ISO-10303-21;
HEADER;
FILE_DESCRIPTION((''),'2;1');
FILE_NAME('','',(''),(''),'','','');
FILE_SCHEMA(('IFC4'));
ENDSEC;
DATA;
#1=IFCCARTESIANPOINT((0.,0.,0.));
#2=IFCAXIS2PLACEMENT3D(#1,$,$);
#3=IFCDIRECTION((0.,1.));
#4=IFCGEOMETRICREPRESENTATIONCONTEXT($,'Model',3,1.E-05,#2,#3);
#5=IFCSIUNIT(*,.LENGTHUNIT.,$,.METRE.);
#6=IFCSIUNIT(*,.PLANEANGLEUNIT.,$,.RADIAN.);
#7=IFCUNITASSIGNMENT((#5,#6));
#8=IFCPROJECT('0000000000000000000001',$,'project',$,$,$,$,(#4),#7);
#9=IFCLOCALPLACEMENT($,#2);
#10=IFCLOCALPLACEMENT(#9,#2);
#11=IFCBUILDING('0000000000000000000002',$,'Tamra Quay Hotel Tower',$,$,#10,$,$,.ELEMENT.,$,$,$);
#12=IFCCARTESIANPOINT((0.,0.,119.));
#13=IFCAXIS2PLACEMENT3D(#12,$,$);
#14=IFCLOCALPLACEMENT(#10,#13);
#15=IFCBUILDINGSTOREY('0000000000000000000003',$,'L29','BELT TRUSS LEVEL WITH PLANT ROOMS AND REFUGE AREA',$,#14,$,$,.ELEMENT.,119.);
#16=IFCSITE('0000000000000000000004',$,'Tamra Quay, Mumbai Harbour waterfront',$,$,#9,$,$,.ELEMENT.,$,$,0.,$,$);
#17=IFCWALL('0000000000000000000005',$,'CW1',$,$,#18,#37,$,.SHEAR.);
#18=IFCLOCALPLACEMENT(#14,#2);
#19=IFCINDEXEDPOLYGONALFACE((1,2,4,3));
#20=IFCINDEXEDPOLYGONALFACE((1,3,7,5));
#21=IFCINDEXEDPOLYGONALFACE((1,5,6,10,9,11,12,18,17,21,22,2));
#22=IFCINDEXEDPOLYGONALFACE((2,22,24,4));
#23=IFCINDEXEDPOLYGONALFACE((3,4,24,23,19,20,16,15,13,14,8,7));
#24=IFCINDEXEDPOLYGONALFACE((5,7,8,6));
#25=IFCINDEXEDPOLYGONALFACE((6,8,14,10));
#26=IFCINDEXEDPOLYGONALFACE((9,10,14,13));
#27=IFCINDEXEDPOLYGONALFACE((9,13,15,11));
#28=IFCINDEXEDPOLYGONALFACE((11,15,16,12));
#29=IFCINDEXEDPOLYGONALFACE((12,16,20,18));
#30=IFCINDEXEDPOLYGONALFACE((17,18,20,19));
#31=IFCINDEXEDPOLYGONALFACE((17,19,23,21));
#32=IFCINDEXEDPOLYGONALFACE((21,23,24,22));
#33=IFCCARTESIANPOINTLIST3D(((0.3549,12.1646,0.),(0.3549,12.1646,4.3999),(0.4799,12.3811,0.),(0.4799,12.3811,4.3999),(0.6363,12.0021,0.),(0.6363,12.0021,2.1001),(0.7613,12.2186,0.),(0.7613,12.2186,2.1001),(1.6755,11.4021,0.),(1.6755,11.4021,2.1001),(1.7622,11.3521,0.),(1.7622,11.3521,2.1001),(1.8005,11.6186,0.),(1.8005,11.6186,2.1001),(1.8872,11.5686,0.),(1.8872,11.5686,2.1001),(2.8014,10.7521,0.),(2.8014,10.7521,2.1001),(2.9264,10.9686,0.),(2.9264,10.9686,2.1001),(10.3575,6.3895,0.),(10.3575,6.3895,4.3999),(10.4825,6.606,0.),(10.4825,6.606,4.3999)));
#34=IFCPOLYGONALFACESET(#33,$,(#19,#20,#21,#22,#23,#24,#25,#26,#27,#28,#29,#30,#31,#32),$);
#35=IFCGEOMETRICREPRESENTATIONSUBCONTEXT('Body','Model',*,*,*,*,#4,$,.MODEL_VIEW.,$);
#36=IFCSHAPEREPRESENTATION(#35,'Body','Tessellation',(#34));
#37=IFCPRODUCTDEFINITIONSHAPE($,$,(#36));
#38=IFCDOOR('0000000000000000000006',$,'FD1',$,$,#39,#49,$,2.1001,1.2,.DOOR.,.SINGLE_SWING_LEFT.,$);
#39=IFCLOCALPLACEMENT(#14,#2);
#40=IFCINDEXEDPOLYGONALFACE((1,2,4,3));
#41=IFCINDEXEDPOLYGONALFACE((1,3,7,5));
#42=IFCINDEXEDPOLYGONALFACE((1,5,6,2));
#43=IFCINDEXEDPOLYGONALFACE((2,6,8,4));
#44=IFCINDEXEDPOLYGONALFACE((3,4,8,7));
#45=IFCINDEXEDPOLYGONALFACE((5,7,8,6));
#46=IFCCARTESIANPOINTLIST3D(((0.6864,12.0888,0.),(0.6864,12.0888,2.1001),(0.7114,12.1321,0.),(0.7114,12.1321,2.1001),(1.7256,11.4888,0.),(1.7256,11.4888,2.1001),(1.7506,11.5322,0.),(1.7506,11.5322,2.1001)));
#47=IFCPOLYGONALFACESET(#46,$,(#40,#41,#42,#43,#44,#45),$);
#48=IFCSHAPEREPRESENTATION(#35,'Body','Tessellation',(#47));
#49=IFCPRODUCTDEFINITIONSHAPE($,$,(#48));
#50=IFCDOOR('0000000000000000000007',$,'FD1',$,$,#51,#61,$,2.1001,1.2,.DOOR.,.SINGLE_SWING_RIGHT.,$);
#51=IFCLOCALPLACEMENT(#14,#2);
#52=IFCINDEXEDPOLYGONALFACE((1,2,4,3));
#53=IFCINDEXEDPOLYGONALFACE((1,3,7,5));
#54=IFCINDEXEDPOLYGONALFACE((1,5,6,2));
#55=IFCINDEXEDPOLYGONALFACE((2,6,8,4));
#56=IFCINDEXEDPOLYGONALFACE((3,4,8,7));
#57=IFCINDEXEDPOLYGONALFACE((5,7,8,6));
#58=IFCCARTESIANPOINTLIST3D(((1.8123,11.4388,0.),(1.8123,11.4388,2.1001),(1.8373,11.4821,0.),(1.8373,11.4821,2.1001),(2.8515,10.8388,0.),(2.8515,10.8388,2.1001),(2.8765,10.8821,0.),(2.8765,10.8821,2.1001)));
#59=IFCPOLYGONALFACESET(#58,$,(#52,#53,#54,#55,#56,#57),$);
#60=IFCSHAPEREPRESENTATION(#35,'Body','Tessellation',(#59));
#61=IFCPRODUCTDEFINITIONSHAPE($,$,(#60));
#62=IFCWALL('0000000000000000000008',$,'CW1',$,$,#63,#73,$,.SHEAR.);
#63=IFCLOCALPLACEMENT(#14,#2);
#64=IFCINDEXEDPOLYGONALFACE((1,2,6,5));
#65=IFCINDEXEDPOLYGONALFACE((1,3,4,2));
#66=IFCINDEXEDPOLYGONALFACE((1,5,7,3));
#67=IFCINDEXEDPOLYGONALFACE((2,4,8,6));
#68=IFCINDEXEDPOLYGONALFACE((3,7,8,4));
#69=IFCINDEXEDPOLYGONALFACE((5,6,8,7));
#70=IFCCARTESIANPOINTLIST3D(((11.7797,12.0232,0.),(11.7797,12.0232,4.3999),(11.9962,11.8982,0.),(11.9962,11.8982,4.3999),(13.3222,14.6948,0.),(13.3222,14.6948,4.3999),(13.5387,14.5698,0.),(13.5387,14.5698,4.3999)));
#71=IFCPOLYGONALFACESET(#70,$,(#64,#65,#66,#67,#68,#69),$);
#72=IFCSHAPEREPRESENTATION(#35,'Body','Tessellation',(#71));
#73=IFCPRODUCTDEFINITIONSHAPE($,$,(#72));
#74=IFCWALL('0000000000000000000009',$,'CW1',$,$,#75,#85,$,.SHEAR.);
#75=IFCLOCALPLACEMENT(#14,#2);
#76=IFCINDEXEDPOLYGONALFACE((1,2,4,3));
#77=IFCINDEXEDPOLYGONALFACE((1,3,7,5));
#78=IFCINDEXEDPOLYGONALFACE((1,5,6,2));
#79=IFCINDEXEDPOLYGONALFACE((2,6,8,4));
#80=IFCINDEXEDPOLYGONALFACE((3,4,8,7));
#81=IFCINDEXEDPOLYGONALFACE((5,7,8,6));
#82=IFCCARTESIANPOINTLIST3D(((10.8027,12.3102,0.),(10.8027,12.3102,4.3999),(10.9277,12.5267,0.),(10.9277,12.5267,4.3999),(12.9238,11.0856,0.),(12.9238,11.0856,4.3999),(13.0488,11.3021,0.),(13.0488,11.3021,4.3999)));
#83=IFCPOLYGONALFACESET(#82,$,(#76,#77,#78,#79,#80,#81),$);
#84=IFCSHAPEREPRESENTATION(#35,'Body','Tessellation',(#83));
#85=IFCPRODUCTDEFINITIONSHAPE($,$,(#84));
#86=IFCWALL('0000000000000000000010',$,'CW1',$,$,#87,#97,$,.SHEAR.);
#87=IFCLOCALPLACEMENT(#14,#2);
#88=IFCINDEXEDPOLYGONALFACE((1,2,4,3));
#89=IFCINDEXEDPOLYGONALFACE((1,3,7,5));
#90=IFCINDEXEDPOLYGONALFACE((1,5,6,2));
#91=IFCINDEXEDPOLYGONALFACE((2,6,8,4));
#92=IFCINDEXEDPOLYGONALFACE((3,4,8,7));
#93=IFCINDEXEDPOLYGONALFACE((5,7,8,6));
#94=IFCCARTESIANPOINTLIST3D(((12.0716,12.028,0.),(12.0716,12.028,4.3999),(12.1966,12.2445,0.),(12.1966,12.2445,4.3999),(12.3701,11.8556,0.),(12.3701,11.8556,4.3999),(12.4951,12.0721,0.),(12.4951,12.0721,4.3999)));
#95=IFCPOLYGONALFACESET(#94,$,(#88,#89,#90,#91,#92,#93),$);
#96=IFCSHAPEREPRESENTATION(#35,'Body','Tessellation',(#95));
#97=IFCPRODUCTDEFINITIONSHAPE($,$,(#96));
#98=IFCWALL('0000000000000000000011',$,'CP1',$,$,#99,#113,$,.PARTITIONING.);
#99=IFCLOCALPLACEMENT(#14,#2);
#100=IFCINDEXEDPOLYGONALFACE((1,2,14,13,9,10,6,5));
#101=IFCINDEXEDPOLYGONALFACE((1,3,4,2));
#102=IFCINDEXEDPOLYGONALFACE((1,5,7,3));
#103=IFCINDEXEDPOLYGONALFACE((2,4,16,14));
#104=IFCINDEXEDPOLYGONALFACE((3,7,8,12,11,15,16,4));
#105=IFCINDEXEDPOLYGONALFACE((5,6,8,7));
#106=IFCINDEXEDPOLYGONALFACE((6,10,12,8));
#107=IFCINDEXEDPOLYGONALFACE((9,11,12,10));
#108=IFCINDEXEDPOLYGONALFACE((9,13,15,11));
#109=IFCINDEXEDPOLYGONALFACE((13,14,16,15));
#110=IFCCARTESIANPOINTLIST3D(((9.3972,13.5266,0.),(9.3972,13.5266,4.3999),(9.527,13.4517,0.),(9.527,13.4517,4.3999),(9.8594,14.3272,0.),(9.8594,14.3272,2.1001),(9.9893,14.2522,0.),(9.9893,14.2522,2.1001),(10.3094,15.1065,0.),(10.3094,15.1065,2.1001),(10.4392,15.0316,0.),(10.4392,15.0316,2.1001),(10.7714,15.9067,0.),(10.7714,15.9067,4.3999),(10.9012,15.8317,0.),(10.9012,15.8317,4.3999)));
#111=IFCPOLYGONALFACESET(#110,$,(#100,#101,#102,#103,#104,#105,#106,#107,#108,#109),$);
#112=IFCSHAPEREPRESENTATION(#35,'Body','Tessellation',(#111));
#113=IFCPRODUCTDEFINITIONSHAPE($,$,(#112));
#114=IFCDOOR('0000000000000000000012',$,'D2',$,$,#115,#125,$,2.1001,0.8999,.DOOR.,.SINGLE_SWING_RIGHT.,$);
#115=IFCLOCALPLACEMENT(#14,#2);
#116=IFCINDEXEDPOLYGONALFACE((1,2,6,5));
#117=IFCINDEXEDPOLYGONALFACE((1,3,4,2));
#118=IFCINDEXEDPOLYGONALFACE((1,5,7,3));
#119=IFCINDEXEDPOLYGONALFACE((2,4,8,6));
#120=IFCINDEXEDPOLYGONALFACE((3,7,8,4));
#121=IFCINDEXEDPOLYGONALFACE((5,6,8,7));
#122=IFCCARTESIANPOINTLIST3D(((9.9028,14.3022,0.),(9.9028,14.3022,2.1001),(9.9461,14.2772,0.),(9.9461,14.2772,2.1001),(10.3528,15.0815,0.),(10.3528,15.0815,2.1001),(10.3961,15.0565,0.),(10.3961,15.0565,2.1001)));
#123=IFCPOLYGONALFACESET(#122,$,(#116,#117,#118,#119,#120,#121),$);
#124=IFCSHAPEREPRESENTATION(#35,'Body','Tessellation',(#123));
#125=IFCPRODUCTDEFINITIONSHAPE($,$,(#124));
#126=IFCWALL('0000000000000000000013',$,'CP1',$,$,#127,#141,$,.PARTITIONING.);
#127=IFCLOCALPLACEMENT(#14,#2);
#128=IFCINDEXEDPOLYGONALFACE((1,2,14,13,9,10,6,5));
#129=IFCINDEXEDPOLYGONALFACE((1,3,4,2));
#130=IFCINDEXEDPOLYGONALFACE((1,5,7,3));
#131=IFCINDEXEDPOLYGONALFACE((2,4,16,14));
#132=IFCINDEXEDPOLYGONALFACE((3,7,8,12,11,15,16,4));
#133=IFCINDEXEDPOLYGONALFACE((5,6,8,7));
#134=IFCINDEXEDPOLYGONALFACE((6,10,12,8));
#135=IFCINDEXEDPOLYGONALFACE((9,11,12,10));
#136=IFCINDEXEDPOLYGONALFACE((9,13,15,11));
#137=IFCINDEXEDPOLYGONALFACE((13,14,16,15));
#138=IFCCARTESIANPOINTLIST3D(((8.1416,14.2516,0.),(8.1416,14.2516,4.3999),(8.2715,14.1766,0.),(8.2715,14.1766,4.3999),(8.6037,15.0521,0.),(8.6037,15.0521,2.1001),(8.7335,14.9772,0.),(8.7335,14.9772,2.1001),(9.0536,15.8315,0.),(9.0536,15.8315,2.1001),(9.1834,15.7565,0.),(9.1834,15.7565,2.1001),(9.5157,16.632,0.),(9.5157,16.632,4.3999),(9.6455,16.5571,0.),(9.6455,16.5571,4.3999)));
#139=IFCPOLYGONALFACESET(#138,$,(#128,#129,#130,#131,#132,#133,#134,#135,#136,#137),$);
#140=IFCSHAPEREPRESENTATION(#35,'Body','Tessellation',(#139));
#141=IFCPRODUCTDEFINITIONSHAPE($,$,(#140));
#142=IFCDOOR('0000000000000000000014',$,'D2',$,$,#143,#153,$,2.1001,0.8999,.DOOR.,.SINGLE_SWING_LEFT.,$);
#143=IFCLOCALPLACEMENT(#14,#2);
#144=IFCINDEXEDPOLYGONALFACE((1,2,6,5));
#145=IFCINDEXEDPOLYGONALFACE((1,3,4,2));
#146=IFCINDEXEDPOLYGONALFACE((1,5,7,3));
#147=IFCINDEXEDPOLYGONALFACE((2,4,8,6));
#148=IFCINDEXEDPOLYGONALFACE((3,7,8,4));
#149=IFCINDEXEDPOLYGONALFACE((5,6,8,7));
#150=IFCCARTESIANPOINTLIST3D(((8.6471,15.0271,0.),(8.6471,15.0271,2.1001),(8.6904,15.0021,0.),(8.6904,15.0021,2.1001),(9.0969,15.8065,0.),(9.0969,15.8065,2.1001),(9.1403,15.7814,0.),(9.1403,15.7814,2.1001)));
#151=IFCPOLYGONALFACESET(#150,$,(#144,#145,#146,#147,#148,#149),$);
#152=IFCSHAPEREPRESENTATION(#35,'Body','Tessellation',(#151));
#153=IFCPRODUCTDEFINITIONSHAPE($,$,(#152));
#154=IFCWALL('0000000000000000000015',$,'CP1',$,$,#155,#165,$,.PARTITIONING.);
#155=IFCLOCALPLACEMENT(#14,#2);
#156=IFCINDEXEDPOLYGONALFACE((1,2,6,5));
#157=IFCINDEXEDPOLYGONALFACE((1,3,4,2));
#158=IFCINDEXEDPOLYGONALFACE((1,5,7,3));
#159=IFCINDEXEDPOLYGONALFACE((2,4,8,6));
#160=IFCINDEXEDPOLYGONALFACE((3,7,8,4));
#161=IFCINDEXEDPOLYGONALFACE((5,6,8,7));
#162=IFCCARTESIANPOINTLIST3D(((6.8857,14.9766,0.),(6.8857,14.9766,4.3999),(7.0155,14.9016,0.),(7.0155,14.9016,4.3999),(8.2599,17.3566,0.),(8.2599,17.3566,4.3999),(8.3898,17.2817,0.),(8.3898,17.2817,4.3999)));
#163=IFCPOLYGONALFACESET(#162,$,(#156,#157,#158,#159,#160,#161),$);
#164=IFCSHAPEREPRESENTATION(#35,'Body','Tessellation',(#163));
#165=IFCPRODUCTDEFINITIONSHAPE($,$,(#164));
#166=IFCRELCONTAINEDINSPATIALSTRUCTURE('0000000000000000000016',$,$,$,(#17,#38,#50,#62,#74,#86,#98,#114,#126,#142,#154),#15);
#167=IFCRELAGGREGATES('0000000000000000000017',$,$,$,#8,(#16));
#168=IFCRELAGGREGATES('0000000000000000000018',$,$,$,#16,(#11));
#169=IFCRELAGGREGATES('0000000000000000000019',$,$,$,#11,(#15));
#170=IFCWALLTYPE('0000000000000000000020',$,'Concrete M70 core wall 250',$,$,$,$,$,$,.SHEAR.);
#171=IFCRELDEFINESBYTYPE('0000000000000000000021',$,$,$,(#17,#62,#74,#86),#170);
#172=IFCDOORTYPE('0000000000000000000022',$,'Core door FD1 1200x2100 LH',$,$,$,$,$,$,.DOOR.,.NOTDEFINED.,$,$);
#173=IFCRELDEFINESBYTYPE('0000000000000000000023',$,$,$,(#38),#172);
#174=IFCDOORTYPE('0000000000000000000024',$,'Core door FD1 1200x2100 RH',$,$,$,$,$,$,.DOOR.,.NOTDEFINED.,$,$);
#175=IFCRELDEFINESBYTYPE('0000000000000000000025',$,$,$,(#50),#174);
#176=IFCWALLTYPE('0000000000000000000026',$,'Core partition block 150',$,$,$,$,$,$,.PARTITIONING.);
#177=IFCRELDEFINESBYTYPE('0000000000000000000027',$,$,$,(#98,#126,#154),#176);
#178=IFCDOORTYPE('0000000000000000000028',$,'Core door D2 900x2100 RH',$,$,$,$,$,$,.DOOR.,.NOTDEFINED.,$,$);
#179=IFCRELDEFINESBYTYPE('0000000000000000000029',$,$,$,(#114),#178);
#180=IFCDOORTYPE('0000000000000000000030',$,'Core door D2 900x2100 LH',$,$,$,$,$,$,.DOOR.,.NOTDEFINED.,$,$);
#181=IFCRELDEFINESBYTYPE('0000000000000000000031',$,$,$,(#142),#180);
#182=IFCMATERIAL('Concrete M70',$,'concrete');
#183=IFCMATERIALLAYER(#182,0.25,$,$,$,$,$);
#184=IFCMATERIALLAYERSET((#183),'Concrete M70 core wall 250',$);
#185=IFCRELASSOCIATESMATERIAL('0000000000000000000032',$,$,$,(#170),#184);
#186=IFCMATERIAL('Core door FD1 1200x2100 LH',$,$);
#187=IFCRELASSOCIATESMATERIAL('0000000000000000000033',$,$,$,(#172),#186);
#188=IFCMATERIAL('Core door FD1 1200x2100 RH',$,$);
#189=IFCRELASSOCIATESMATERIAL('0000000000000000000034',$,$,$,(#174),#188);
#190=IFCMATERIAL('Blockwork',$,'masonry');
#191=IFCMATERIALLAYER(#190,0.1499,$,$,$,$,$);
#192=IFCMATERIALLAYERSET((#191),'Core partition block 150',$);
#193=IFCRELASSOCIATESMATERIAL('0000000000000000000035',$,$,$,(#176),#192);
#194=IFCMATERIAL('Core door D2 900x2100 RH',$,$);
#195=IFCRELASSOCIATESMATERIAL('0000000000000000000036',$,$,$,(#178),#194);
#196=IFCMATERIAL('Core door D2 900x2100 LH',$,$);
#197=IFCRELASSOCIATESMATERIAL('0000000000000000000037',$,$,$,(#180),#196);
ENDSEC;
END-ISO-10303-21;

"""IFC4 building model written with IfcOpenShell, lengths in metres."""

from ifc_helpers import new_model, si_unit, direction, frame, frame_2d, origin, place, context, subcontext, project, spatial, rectangle, extrude, material, layer, layer_set, type_object, element, fill, save


model = new_model("IFC4")

# Units and contexts
model_context = context("Model", 3, precision=1e-05, world=origin(), true_north=direction((0.0, 1.0)))
body_context = subcontext(model_context, "Body", "Model", "MODEL_VIEW")
ifc_project = project(units=[si_unit("LENGTHUNIT", "METRE"), si_unit("PLANEANGLEUNIT", "RADIAN")], contexts=[model_context])

# Site, building, storey
site_placement = place(None, origin())
site = spatial("IfcSite", under=ifc_project, at=site_placement, Name="Tamra Quay, Mumbai Harbour waterfront", CompositionType="ELEMENT", RefElevation=0.0)
building_placement = place(site_placement, origin())
building = spatial("IfcBuilding", under=site, at=building_placement, Name="Tamra Quay Hotel Tower", CompositionType="ELEMENT")
storey_placement = place(building_placement, frame((0.0, 0.0, 119.0)))
storey = spatial("IfcBuildingStorey", under=building, at=storey_placement, Name="L29", Description="BELT TRUSS LEVEL WITH PLANT ROOMS AND REFUGE AREA", CompositionType="ELEMENT", Elevation=119.0)

# Wall, openings, doors
ifc_material_1 = material(Name="Concrete M70", Category="concrete")
ifc_layer_1 = layer(ifc_material_1, 0.25)
ifc_layer_set_1 = layer_set([ifc_layer_1], Name="Concrete M70 core wall 250")
wall_type_1 = type_object("IfcWallType", Name="Concrete M70 core wall 250", PredefinedType="SHEAR", material=ifc_layer_set_1)
wall_1_placement = place(storey_placement, frame((10.4199, 6.4978, 0.0), z_axis=(0.0, 0.0, 1.0), x_axis=(-0.866022, 0.500006, 0.0)))
wall_1 = element("IfcWall", 1, at=wall_1_placement, inside=storey, type_object=wall_type_1, Name="CW1", PredefinedType="SHEAR", context=body_context, shape_type="SweptSolid", body=[
    extrude(rectangle(XDim=11.55, YDim=0.25, at=frame_2d((5.7749, 0.0))), origin(), (0.0, 0.0, 1.0), 4.3999),
])
opening_1_placement = place(wall_1_placement, frame((10.0249, 0.0, 0.0)))
opening_1 = element("IfcOpeningElement", 2, at=opening_1_placement, cuts=wall_1, PredefinedType="OPENING", context=body_context, shape_type="SweptSolid", body=[
    extrude(rectangle(XDim=1.2, YDim=2.1001, at=frame_2d((0.6001, 1.05))), frame((0.0, 0.135, 0.0), z_axis=(0.0, -1.0, 0.0), x_axis=(1.0, 0.0, 0.0)), (0.0, 0.0, 1.0), 0.27),
])
opening_2_placement = place(wall_1_placement, frame((8.7249, 0.0, 0.0)))
opening_2 = element("IfcOpeningElement", 3, at=opening_2_placement, cuts=wall_1, PredefinedType="OPENING", context=body_context, shape_type="SweptSolid", body=[
    extrude(rectangle(XDim=1.2, YDim=2.1001, at=frame_2d((0.6001, 1.05))), frame((0.0, 0.135, 0.0), z_axis=(0.0, -1.0, 0.0), x_axis=(1.0, 0.0, 0.0)), (0.0, 0.0, 1.0), 0.27),
])
ifc_material_2 = material(Name="Core door FD1 1200x2100 LH")
door_type_1 = type_object("IfcDoorType", Name="Core door FD1 1200x2100 LH", OperationType="NOTDEFINED", PredefinedType="DOOR", material=ifc_material_2)
door_1_placement = place(opening_1_placement, origin())
door_1 = element("IfcDoor", 4, at=door_1_placement, inside=storey, type_object=door_type_1, Name="FD1", OperationType="SINGLE_SWING_LEFT", OverallHeight=2.1001, OverallWidth=1.2, PredefinedType="DOOR", context=body_context, shape_type="SweptSolid", body=[
    extrude(rectangle(XDim=1.2, YDim=2.1001, at=frame_2d((0.6001, 1.05))), frame((0.0, 0.0249, 0.0), z_axis=(0.0, -1.0, 0.0), x_axis=(1.0, 0.0, 0.0)), (0.0, 0.0, 1.0), 0.05),
])
fill(opening_1, door_1)
ifc_material_3 = material(Name="Core door FD1 1200x2100 RH")
door_type_2 = type_object("IfcDoorType", Name="Core door FD1 1200x2100 RH", OperationType="NOTDEFINED", PredefinedType="DOOR", material=ifc_material_3)
door_2_placement = place(opening_2_placement, origin())
door_2 = element("IfcDoor", 5, at=door_2_placement, inside=storey, type_object=door_type_2, Name="FD1", OperationType="SINGLE_SWING_RIGHT", OverallHeight=2.1001, OverallWidth=1.2, PredefinedType="DOOR", context=body_context, shape_type="SweptSolid", body=[
    extrude(rectangle(XDim=1.2, YDim=2.1001, at=frame_2d((0.6001, 1.05))), frame((0.0, 0.0249, 0.0), z_axis=(0.0, -1.0, 0.0), x_axis=(1.0, 0.0, 0.0)), (0.0, 0.0, 1.0), 0.05),
])
fill(opening_2, door_2)

# Walls
wall_2_placement = place(storey_placement, frame((11.8879, 11.9607, 0.0), z_axis=(0.0, 0.0, 1.0), x_axis=(0.500003, 0.866023, 0.0)))
element("IfcWall", 6, at=wall_2_placement, inside=storey, type_object=wall_type_1, Name="CW1", PredefinedType="SHEAR", context=body_context, shape_type="SweptSolid", body=[
    extrude(rectangle(XDim=3.085, YDim=0.25, at=frame_2d((1.5425, 0.0))), origin(), (0.0, 0.0, 1.0), 4.3999),
])
wall_3_placement = place(storey_placement, frame((10.8652, 12.4185, 0.0), z_axis=(0.0, 0.0, 1.0), x_axis=(0.866026, -0.499999, 0.0)))
element("IfcWall", 7, at=wall_3_placement, inside=storey, type_object=wall_type_1, Name="CW1", PredefinedType="SHEAR", context=body_context, shape_type="SweptSolid", body=[
    extrude(rectangle(XDim=2.4492, YDim=0.25, at=frame_2d((1.2246, 0.0))), origin(), (0.0, 0.0, 1.0), 4.3999),
])
wall_4_placement = place(storey_placement, frame((12.4326, 11.9639, 0.0), z_axis=(0.0, 0.0, 1.0), x_axis=(-0.866056, 0.499947, 0.0)))
element("IfcWall", 8, at=wall_4_placement, inside=storey, type_object=wall_type_1, Name="CW1", PredefinedType="SHEAR", context=body_context, shape_type="SweptSolid", body=[
    extrude(rectangle(XDim=0.3447, YDim=0.25, at=frame_2d((0.1724, 0.0))), origin(), (0.0, 0.0, 1.0), 4.3999),
])

# Walls, openings, doors
ifc_material_4 = material(Name="Blockwork", Category="masonry")
ifc_layer_2 = layer(ifc_material_4, 0.1499)
ifc_layer_set_2 = layer_set([ifc_layer_2], Name="Core partition block 150")
wall_type_2 = type_object("IfcWallType", Name="Core partition block 150", PredefinedType="PARTITIONING", material=ifc_layer_set_2)
wall_5_placement = place(storey_placement, frame((9.4622, 13.4893, 0.0), z_axis=(0.0, 0.0, 1.0), x_axis=(0.500027, 0.86601, 0.0)))
wall_5 = element("IfcWall", 9, at=wall_5_placement, inside=storey, type_object=wall_type_2, Name="CP1", PredefinedType="PARTITIONING", context=body_context, shape_type="SweptSolid", body=[
    extrude(rectangle(XDim=2.7483, YDim=0.1499, at=frame_2d((1.374, 0.0))), origin(), (0.0, 0.0, 1.0), 4.3999),
])
opening_3_placement = place(wall_5_placement, frame((0.9243, 0.0, 0.0)))
opening_3 = element("IfcOpeningElement", 10, at=opening_3_placement, cuts=wall_5, PredefinedType="OPENING", context=body_context, shape_type="SweptSolid", body=[
    extrude(rectangle(XDim=0.8999, YDim=2.1001, at=frame_2d((0.45, 1.05))), frame((0.0, 0.085, 0.0), z_axis=(0.0, -1.0, 0.0), x_axis=(1.0, 0.0, 0.0)), (0.0, 0.0, 1.0), 0.1699),
])
ifc_material_5 = material(Name="Core door D2 900x2100 RH")
door_type_3 = type_object("IfcDoorType", Name="Core door D2 900x2100 RH", OperationType="NOTDEFINED", PredefinedType="DOOR", material=ifc_material_5)
door_3_placement = place(opening_3_placement, origin())
door_3 = element("IfcDoor", 11, at=door_3_placement, inside=storey, type_object=door_type_3, Name="D2", OperationType="SINGLE_SWING_RIGHT", OverallHeight=2.1001, OverallWidth=0.8999, PredefinedType="DOOR", context=body_context, shape_type="SweptSolid", body=[
    extrude(rectangle(XDim=0.8999, YDim=2.1001, at=frame_2d((0.45, 1.05))), frame((0.0, 0.0249, 0.0), z_axis=(0.0, -1.0, 0.0), x_axis=(1.0, 0.0, 0.0)), (0.0, 0.0, 1.0), 0.05),
])
fill(opening_3, door_3)
wall_6_placement = place(storey_placement, frame((8.2065, 14.2141, 0.0), z_axis=(0.0, 0.0, 1.0), x_axis=(0.499922, 0.86607, 0.0)))
wall_6 = element("IfcWall", 12, at=wall_6_placement, inside=storey, type_object=wall_type_2, Name="CP1", PredefinedType="PARTITIONING", context=body_context, shape_type="SweptSolid", body=[
    extrude(rectangle(XDim=2.7485, YDim=0.1499, at=frame_2d((1.3743, 0.0))), origin(), (0.0, 0.0, 1.0), 4.3999),
])
opening_4_placement = place(wall_6_placement, frame((0.9243, 0.0, 0.0)))
opening_4 = element("IfcOpeningElement", 13, at=opening_4_placement, cuts=wall_6, PredefinedType="OPENING", context=body_context, shape_type="SweptSolid", body=[
    extrude(rectangle(XDim=0.8999, YDim=2.1001, at=frame_2d((0.45, 1.05))), frame((0.0, 0.085, 0.0), z_axis=(0.0, -1.0, 0.0), x_axis=(1.0, 0.0, 0.0)), (0.0, 0.0, 1.0), 0.1699),
])
ifc_material_6 = material(Name="Core door D2 900x2100 LH")
door_type_4 = type_object("IfcDoorType", Name="Core door D2 900x2100 LH", OperationType="NOTDEFINED", PredefinedType="DOOR", material=ifc_material_6)
door_4_placement = place(opening_4_placement, origin())
door_4 = element("IfcDoor", 14, at=door_4_placement, inside=storey, type_object=door_type_4, Name="D2", OperationType="SINGLE_SWING_LEFT", OverallHeight=2.1001, OverallWidth=0.8999, PredefinedType="DOOR", context=body_context, shape_type="SweptSolid", body=[
    extrude(rectangle(XDim=0.8999, YDim=2.1001, at=frame_2d((0.45, 1.05))), frame((0.0, 0.0249, 0.0), z_axis=(0.0, -1.0, 0.0), x_axis=(1.0, 0.0, 0.0)), (0.0, 0.0, 1.0), 0.05),
])
fill(opening_4, door_4)

# Wall
wall_7_placement = place(storey_placement, frame((6.9507, 14.9392, 0.0), z_axis=(0.0, 0.0, 1.0), x_axis=(0.500027, 0.86601, 0.0)))
element("IfcWall", 15, at=wall_7_placement, inside=storey, type_object=wall_type_2, Name="CP1", PredefinedType="PARTITIONING", context=body_context, shape_type="SweptSolid", body=[
    extrude(rectangle(XDim=2.7483, YDim=0.1499, at=frame_2d((1.374, 0.0))), origin(), (0.0, 0.0, 1.0), 4.3999),
])

save(model, "model.ifc")
